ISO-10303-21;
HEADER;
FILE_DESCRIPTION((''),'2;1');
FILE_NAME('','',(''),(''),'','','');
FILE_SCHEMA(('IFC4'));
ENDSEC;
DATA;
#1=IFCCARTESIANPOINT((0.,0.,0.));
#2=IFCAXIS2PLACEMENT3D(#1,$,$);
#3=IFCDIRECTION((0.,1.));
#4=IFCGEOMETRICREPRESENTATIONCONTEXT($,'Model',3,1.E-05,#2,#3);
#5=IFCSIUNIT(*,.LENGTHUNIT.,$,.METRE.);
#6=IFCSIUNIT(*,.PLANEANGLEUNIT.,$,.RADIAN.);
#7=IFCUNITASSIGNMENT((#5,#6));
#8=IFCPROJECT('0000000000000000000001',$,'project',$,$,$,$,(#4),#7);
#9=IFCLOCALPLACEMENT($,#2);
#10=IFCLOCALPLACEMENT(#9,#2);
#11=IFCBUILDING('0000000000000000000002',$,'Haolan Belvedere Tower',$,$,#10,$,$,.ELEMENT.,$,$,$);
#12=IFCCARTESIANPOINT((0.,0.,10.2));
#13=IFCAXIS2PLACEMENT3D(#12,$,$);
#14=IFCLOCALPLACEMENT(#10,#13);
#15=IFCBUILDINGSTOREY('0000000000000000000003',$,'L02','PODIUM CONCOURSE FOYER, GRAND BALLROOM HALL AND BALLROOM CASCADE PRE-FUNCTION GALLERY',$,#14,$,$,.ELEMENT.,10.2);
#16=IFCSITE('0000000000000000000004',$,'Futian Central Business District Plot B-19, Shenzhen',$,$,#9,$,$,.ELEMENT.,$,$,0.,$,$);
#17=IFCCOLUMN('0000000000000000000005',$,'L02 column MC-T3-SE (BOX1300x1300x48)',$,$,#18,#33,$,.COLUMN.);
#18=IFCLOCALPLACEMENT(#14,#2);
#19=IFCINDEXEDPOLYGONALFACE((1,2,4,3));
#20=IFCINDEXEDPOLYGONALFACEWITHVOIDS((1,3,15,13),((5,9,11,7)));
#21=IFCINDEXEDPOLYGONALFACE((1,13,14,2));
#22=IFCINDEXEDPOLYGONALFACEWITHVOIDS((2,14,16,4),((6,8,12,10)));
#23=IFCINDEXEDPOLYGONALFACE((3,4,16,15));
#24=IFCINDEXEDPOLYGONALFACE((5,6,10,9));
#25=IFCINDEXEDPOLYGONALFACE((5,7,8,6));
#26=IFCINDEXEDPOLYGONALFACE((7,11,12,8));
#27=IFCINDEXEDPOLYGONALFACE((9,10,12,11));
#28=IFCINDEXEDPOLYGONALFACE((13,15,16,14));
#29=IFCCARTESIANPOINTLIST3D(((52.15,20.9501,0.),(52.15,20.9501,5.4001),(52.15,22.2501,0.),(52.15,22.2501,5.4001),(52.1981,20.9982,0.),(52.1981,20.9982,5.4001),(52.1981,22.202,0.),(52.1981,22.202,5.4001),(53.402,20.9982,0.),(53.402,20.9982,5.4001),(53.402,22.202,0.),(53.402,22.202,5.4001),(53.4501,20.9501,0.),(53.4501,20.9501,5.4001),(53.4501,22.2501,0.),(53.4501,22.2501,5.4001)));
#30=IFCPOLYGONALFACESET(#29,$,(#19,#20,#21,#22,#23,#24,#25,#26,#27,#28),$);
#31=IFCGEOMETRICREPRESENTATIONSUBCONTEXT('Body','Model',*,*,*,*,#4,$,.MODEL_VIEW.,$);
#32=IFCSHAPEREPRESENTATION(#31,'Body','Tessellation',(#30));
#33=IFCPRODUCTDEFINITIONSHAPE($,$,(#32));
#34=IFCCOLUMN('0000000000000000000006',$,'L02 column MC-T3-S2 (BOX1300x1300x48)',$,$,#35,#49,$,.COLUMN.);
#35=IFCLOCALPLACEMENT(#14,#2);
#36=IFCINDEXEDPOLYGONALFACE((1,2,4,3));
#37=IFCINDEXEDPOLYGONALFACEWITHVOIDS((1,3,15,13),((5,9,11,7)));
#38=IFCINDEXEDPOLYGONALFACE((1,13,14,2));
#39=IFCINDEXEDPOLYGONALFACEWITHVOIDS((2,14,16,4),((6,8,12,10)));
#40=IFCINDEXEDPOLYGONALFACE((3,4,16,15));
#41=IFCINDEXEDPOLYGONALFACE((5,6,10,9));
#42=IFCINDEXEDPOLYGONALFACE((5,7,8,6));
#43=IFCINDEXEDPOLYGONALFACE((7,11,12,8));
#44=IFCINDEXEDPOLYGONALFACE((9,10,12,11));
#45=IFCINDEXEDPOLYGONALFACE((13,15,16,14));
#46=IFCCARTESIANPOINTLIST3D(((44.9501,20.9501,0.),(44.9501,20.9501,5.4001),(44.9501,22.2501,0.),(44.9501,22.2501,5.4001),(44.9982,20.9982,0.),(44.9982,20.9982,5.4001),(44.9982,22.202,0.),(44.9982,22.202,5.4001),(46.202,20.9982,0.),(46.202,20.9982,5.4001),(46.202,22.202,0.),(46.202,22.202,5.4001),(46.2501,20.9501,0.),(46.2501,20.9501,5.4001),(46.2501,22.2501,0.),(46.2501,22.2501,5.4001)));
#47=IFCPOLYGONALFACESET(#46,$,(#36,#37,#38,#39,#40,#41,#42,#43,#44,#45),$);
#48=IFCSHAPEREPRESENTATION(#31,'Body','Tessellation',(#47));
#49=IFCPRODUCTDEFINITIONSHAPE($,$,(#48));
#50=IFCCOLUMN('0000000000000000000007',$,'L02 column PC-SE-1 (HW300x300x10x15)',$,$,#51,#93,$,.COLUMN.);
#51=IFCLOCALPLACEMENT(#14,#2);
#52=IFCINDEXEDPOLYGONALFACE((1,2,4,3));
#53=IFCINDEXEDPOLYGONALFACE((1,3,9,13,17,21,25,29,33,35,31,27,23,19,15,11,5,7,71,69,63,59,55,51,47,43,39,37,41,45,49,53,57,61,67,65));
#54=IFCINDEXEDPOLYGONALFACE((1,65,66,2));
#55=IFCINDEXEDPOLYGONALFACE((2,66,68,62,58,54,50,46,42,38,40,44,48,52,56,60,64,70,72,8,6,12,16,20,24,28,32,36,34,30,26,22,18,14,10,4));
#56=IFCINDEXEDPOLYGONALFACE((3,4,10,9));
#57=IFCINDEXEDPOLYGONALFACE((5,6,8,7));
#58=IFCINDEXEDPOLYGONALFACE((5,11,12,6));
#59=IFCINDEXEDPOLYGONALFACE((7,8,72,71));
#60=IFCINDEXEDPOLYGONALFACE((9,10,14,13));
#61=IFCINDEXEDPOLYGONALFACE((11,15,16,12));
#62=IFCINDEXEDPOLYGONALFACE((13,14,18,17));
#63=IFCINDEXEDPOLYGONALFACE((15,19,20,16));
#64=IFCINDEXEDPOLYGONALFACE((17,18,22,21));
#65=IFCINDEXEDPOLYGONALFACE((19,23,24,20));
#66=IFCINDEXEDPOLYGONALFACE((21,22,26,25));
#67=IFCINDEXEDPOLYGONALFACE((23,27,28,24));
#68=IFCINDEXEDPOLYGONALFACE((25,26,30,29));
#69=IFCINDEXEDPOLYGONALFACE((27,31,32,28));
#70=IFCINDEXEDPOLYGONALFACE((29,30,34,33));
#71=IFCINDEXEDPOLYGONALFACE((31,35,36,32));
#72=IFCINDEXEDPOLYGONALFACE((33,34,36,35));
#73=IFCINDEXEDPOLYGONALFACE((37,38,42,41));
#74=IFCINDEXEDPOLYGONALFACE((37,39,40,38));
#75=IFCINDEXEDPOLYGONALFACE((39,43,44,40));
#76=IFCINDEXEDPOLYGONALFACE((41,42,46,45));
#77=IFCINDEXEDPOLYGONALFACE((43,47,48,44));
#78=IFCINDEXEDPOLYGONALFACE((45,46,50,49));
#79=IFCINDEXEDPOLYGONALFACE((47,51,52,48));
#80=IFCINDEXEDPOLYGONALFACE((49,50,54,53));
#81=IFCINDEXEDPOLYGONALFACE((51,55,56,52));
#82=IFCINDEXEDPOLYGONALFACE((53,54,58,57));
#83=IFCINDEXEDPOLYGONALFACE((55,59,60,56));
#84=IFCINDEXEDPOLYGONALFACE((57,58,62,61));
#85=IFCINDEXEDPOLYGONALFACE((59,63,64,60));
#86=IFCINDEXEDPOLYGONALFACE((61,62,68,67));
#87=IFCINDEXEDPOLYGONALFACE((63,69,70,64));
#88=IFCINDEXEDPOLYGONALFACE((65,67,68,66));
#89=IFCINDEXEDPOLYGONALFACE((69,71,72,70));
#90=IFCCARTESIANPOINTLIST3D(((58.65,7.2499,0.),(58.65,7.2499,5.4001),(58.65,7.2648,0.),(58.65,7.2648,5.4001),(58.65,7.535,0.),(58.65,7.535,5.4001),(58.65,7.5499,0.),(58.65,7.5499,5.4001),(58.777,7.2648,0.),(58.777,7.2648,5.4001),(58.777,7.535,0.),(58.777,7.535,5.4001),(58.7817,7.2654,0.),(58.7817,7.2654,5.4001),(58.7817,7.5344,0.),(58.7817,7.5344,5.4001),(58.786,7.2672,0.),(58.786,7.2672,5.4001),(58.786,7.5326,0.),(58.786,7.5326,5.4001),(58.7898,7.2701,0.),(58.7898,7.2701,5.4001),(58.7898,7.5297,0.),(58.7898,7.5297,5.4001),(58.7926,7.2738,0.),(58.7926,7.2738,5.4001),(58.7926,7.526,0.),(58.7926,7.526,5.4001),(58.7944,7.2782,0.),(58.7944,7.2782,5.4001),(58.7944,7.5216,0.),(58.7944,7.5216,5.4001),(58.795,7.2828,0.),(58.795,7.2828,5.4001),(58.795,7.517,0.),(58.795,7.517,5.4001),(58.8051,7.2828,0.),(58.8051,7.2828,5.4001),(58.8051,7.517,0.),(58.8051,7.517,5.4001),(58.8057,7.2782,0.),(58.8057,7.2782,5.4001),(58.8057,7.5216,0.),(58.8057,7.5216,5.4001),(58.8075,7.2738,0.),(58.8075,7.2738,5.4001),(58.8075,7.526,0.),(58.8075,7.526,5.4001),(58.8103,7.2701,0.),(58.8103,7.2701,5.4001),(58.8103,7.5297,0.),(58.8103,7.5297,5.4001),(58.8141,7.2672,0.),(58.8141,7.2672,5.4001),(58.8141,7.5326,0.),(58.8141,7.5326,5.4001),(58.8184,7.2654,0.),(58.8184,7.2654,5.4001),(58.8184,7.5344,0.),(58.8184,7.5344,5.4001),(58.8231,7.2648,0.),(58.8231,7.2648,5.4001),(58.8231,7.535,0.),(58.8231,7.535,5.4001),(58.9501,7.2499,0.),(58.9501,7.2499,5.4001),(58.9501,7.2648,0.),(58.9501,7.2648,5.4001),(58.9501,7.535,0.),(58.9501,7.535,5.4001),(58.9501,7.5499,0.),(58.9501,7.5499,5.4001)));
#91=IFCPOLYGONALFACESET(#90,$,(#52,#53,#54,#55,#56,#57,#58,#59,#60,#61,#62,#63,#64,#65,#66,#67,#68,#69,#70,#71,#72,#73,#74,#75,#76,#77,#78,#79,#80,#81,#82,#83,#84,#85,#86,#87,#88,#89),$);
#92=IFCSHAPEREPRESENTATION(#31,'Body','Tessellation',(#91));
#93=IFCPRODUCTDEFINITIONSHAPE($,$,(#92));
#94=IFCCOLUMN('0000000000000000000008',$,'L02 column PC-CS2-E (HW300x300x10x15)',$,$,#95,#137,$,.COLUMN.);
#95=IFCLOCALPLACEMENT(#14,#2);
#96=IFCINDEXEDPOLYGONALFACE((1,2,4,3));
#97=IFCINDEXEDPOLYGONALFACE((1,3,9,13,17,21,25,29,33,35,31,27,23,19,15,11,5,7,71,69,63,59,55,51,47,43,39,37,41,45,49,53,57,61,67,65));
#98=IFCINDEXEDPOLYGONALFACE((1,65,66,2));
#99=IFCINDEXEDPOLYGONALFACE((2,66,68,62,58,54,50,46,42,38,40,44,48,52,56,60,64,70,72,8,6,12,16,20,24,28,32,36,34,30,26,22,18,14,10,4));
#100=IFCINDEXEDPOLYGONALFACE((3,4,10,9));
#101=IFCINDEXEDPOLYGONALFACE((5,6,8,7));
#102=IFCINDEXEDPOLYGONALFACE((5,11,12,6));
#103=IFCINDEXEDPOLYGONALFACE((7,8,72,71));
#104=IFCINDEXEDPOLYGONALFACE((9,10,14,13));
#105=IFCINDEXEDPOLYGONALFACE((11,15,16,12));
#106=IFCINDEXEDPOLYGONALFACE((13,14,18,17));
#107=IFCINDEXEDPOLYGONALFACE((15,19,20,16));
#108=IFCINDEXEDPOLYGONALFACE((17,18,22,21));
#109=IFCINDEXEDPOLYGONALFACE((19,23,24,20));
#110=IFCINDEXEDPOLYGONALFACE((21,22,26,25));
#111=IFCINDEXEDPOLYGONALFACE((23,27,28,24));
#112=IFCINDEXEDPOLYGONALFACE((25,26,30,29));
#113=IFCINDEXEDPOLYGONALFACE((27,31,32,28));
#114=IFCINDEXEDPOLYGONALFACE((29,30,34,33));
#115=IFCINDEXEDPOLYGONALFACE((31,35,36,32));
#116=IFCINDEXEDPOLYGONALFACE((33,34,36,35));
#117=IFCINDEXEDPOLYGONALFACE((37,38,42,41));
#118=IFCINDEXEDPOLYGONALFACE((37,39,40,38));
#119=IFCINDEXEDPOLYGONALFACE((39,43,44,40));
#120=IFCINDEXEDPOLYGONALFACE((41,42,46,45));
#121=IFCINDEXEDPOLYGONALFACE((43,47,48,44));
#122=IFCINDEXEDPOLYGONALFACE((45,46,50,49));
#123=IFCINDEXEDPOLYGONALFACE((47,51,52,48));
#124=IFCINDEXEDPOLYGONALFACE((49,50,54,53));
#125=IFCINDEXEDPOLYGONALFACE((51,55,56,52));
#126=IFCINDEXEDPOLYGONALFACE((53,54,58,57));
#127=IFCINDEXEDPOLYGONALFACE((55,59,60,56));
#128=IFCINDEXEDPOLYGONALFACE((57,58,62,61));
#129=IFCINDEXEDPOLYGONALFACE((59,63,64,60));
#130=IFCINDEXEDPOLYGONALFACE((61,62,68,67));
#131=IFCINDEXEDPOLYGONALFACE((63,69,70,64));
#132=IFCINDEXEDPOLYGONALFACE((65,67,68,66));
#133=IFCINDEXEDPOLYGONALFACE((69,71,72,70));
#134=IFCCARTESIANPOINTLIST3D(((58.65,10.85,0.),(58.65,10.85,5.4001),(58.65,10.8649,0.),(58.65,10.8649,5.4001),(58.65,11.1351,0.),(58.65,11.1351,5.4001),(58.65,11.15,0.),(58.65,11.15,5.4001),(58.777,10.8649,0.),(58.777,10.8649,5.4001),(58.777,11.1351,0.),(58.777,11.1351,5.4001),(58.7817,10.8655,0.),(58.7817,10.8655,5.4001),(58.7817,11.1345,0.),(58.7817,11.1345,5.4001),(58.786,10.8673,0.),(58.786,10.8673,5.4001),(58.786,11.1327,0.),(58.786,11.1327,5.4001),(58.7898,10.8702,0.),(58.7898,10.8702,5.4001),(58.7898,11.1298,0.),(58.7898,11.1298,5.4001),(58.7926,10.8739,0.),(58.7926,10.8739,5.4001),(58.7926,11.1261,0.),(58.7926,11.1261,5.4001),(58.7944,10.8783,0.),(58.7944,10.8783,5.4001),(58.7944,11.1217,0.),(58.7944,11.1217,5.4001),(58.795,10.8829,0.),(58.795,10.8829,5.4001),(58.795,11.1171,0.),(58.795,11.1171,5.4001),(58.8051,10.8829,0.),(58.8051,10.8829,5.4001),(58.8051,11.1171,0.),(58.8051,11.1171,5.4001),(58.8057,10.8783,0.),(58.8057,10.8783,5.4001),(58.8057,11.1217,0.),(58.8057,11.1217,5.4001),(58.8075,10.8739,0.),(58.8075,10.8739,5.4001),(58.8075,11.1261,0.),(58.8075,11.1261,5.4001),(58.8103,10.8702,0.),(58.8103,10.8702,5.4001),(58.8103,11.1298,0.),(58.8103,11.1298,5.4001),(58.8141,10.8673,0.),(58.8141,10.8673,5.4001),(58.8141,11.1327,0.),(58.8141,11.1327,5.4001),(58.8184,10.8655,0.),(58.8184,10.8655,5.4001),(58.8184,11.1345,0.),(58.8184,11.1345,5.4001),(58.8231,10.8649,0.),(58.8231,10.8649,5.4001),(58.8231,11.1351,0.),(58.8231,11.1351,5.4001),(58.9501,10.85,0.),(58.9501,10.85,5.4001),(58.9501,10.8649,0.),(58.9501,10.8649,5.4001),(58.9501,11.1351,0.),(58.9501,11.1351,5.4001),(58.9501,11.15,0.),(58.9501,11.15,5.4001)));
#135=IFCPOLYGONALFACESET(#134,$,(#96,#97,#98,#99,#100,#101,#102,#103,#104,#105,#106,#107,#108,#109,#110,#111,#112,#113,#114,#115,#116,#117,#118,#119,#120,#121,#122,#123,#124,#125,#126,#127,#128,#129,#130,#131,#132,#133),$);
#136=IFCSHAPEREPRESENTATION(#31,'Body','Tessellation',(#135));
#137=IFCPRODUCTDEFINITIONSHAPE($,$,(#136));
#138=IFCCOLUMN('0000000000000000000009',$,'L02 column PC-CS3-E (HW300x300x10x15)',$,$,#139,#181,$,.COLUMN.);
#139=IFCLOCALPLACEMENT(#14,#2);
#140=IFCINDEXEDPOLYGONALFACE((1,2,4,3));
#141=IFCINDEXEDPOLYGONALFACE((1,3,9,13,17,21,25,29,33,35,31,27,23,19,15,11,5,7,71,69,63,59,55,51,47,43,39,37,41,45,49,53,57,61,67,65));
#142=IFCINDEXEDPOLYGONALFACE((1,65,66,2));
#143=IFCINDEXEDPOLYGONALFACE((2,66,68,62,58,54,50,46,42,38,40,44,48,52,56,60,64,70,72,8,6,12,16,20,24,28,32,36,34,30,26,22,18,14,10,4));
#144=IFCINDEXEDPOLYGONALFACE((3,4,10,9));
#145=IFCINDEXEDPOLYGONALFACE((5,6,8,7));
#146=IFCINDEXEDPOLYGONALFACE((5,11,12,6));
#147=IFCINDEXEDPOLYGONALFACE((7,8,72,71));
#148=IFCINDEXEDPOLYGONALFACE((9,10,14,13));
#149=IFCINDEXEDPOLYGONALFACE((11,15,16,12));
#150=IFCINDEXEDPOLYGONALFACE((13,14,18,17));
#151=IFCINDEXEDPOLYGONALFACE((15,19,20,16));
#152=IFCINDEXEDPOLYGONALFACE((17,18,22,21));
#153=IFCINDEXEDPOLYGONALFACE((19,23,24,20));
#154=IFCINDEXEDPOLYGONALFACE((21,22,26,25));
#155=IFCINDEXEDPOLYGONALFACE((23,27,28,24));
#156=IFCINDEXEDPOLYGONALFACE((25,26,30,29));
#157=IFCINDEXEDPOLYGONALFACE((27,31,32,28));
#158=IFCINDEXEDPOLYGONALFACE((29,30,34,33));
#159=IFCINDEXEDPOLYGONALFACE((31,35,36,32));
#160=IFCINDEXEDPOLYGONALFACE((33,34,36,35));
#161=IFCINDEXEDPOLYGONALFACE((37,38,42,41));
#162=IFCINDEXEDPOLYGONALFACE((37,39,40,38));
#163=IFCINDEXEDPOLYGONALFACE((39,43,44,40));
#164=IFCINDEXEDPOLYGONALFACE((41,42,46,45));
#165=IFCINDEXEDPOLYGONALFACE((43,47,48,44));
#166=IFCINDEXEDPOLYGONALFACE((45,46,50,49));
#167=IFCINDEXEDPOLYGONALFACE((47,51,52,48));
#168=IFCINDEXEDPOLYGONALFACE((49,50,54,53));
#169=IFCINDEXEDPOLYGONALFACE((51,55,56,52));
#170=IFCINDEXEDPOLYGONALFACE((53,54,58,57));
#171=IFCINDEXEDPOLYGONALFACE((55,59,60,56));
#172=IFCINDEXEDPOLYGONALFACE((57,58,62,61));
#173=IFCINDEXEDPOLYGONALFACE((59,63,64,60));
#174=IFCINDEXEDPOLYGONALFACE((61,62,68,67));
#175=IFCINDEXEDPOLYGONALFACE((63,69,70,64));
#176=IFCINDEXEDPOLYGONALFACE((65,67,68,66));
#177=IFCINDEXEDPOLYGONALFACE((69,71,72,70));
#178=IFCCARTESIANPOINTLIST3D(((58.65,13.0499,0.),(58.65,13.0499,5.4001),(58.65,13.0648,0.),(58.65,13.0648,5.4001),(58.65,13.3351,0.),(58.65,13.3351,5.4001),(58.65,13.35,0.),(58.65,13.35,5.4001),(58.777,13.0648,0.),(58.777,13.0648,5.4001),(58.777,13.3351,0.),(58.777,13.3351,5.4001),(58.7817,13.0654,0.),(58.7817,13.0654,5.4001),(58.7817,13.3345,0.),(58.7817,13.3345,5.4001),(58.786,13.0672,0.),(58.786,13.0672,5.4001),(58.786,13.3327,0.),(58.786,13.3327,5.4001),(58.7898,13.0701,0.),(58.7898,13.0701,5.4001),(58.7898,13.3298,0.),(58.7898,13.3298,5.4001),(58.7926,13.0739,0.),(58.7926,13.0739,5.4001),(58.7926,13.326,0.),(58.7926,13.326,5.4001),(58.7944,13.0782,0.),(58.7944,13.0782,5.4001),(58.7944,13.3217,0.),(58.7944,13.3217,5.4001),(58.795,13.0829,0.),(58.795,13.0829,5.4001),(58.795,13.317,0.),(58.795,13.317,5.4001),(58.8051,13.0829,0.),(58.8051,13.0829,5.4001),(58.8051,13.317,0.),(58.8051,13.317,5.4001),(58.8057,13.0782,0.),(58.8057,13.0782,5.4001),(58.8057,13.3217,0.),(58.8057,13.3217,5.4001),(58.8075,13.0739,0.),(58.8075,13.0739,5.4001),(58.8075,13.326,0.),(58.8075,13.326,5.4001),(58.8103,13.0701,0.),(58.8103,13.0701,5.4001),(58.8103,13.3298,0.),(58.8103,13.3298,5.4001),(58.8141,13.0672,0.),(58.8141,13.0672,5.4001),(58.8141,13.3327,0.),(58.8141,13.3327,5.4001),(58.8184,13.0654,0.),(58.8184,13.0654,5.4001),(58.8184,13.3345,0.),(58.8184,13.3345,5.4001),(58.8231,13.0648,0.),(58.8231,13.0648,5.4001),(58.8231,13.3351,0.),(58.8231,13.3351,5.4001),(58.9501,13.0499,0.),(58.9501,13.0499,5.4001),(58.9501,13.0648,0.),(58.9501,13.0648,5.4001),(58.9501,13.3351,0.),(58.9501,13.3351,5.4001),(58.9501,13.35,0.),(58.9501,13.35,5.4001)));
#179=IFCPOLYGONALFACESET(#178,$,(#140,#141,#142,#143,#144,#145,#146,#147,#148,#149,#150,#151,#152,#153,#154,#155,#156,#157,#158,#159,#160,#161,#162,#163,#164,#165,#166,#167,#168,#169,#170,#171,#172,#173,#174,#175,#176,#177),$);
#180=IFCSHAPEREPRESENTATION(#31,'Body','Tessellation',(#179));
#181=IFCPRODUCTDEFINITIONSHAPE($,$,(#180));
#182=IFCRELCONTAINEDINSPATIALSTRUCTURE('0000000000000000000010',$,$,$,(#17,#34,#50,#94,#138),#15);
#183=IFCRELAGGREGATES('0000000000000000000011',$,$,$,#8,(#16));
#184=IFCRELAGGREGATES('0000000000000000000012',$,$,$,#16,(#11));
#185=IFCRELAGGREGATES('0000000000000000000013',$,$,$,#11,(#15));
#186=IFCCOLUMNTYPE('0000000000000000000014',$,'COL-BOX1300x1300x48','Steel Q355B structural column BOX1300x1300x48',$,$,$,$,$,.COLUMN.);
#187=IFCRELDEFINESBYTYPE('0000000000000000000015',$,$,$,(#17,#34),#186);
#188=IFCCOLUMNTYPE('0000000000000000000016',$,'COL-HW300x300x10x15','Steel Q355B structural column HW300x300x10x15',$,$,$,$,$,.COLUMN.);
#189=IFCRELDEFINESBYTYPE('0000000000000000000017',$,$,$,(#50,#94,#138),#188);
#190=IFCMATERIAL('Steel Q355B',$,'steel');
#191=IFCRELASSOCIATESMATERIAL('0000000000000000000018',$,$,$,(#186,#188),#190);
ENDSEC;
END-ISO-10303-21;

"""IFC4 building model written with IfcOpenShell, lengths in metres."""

from ifc_helpers import new_model, si_unit, direction, frame, origin, origin_2d, place, context, subcontext, project, spatial, hollow_rectangle, i_section, extrude, material, material_profile, profile_set, type_object, element, save


model = new_model("IFC4")

# Units and contexts
model_context = context("Model", 3, precision=1e-05, world=origin(), true_north=direction((0.0, 1.0)))
body_context = subcontext(model_context, "Body", "Model", "MODEL_VIEW")
ifc_project = project(units=[si_unit("LENGTHUNIT", "METRE"), si_unit("PLANEANGLEUNIT", "RADIAN")], contexts=[model_context])

# Site, building, storey
site_placement = place(None, origin())
site = spatial("IfcSite", under=ifc_project, at=site_placement, Name="Futian Central Business District Plot B-19, Shenzhen", CompositionType="ELEMENT", RefElevation=0.0)
building_placement = place(site_placement, origin())
building = spatial("IfcBuilding", under=site, at=building_placement, Name="Haolan Belvedere Tower", CompositionType="ELEMENT")
storey_placement = place(building_placement, frame((0.0, 0.0, 10.2)))
storey = spatial("IfcBuildingStorey", under=building, at=storey_placement, Name="L02", Description="PODIUM CONCOURSE FOYER, GRAND BALLROOM HALL AND BALLROOM CASCADE PRE-FUNCTION GALLERY", CompositionType="ELEMENT", Elevation=10.2)

# Columns
ifc_material_1 = material(Name="Steel Q355B", Category="steel")
ifc_material_profile_1 = material_profile(ifc_material_1, hollow_rectangle(XDim=1.3, YDim=1.3, WallThickness=0.0481, at=origin_2d()), Name="Steel Q355B")
ifc_profile_set_1 = profile_set([ifc_material_profile_1], Name="Steel Q355B")
column_type_1 = type_object("IfcColumnType", Name="COL-BOX1300x1300x48", Description="Steel Q355B structural column BOX1300x1300x48", PredefinedType="COLUMN", material=ifc_profile_set_1)
for number, where, z_axis, x_axis, name in (
    (1, (52.8, 21.6001, 0.0), (0.0, 0.0, 1.0), (1.0, 0.0, 0.0), "L02 column MC-T3-SE (BOX1300x1300x48)"),
    (2, (45.6001, 21.6001, 0.0), (0.0, 0.0, 1.0), (1.0, 0.0, 0.0), "L02 column MC-T3-S2 (BOX1300x1300x48)"),
):
    element("IfcColumn", number, at=place(storey_placement, frame(where, z_axis=z_axis, x_axis=x_axis)), inside=storey, type_object=column_type_1, Name=name, PredefinedType="COLUMN", context=body_context, shape_type="SweptSolid", body=[
        extrude(hollow_rectangle(XDim=1.3, YDim=1.3, WallThickness=0.0481, at=origin_2d()), origin(), (0.0, 0.0, 1.0), 5.4001),
    ])
ifc_material_profile_2 = material_profile(ifc_material_1, i_section(OverallWidth=0.3, OverallDepth=0.3, WebThickness=0.01, FlangeThickness=0.0149, FilletRadius=0.0181, at=origin_2d()), Name="Steel Q355B")
ifc_profile_set_2 = profile_set([ifc_material_profile_2], Name="Steel Q355B")
column_type_2 = type_object("IfcColumnType", Name="COL-HW300x300x10x15", Description="Steel Q355B structural column HW300x300x10x15", PredefinedType="COLUMN", material=ifc_profile_set_2)
for number, where, z_axis, x_axis, name in (
    (3, (58.8, 7.3999, 0.0), (0.0, 0.0, 1.0), (1.0, 0.0, 0.0), "L02 column PC-SE-1 (HW300x300x10x15)"),
    (4, (58.8, 11.0, 0.0), (0.0, 0.0, 1.0), (1.0, 0.0, 0.0), "L02 column PC-CS2-E (HW300x300x10x15)"),
    (5, (58.8, 13.2, 0.0), (0.0, 0.0, 1.0), (1.0, 0.0, 0.0), "L02 column PC-CS3-E (HW300x300x10x15)"),
):
    element("IfcColumn", number, at=place(storey_placement, frame(where, z_axis=z_axis, x_axis=x_axis)), inside=storey, type_object=column_type_2, Name=name, PredefinedType="COLUMN", context=body_context, shape_type="SweptSolid", body=[
        extrude(i_section(OverallWidth=0.3, OverallDepth=0.3, WebThickness=0.01, FlangeThickness=0.0149, FilletRadius=0.0181, at=origin_2d()), origin(), (0.0, 0.0, 1.0), 5.4001),
    ])

save(model, "model.ifc")
